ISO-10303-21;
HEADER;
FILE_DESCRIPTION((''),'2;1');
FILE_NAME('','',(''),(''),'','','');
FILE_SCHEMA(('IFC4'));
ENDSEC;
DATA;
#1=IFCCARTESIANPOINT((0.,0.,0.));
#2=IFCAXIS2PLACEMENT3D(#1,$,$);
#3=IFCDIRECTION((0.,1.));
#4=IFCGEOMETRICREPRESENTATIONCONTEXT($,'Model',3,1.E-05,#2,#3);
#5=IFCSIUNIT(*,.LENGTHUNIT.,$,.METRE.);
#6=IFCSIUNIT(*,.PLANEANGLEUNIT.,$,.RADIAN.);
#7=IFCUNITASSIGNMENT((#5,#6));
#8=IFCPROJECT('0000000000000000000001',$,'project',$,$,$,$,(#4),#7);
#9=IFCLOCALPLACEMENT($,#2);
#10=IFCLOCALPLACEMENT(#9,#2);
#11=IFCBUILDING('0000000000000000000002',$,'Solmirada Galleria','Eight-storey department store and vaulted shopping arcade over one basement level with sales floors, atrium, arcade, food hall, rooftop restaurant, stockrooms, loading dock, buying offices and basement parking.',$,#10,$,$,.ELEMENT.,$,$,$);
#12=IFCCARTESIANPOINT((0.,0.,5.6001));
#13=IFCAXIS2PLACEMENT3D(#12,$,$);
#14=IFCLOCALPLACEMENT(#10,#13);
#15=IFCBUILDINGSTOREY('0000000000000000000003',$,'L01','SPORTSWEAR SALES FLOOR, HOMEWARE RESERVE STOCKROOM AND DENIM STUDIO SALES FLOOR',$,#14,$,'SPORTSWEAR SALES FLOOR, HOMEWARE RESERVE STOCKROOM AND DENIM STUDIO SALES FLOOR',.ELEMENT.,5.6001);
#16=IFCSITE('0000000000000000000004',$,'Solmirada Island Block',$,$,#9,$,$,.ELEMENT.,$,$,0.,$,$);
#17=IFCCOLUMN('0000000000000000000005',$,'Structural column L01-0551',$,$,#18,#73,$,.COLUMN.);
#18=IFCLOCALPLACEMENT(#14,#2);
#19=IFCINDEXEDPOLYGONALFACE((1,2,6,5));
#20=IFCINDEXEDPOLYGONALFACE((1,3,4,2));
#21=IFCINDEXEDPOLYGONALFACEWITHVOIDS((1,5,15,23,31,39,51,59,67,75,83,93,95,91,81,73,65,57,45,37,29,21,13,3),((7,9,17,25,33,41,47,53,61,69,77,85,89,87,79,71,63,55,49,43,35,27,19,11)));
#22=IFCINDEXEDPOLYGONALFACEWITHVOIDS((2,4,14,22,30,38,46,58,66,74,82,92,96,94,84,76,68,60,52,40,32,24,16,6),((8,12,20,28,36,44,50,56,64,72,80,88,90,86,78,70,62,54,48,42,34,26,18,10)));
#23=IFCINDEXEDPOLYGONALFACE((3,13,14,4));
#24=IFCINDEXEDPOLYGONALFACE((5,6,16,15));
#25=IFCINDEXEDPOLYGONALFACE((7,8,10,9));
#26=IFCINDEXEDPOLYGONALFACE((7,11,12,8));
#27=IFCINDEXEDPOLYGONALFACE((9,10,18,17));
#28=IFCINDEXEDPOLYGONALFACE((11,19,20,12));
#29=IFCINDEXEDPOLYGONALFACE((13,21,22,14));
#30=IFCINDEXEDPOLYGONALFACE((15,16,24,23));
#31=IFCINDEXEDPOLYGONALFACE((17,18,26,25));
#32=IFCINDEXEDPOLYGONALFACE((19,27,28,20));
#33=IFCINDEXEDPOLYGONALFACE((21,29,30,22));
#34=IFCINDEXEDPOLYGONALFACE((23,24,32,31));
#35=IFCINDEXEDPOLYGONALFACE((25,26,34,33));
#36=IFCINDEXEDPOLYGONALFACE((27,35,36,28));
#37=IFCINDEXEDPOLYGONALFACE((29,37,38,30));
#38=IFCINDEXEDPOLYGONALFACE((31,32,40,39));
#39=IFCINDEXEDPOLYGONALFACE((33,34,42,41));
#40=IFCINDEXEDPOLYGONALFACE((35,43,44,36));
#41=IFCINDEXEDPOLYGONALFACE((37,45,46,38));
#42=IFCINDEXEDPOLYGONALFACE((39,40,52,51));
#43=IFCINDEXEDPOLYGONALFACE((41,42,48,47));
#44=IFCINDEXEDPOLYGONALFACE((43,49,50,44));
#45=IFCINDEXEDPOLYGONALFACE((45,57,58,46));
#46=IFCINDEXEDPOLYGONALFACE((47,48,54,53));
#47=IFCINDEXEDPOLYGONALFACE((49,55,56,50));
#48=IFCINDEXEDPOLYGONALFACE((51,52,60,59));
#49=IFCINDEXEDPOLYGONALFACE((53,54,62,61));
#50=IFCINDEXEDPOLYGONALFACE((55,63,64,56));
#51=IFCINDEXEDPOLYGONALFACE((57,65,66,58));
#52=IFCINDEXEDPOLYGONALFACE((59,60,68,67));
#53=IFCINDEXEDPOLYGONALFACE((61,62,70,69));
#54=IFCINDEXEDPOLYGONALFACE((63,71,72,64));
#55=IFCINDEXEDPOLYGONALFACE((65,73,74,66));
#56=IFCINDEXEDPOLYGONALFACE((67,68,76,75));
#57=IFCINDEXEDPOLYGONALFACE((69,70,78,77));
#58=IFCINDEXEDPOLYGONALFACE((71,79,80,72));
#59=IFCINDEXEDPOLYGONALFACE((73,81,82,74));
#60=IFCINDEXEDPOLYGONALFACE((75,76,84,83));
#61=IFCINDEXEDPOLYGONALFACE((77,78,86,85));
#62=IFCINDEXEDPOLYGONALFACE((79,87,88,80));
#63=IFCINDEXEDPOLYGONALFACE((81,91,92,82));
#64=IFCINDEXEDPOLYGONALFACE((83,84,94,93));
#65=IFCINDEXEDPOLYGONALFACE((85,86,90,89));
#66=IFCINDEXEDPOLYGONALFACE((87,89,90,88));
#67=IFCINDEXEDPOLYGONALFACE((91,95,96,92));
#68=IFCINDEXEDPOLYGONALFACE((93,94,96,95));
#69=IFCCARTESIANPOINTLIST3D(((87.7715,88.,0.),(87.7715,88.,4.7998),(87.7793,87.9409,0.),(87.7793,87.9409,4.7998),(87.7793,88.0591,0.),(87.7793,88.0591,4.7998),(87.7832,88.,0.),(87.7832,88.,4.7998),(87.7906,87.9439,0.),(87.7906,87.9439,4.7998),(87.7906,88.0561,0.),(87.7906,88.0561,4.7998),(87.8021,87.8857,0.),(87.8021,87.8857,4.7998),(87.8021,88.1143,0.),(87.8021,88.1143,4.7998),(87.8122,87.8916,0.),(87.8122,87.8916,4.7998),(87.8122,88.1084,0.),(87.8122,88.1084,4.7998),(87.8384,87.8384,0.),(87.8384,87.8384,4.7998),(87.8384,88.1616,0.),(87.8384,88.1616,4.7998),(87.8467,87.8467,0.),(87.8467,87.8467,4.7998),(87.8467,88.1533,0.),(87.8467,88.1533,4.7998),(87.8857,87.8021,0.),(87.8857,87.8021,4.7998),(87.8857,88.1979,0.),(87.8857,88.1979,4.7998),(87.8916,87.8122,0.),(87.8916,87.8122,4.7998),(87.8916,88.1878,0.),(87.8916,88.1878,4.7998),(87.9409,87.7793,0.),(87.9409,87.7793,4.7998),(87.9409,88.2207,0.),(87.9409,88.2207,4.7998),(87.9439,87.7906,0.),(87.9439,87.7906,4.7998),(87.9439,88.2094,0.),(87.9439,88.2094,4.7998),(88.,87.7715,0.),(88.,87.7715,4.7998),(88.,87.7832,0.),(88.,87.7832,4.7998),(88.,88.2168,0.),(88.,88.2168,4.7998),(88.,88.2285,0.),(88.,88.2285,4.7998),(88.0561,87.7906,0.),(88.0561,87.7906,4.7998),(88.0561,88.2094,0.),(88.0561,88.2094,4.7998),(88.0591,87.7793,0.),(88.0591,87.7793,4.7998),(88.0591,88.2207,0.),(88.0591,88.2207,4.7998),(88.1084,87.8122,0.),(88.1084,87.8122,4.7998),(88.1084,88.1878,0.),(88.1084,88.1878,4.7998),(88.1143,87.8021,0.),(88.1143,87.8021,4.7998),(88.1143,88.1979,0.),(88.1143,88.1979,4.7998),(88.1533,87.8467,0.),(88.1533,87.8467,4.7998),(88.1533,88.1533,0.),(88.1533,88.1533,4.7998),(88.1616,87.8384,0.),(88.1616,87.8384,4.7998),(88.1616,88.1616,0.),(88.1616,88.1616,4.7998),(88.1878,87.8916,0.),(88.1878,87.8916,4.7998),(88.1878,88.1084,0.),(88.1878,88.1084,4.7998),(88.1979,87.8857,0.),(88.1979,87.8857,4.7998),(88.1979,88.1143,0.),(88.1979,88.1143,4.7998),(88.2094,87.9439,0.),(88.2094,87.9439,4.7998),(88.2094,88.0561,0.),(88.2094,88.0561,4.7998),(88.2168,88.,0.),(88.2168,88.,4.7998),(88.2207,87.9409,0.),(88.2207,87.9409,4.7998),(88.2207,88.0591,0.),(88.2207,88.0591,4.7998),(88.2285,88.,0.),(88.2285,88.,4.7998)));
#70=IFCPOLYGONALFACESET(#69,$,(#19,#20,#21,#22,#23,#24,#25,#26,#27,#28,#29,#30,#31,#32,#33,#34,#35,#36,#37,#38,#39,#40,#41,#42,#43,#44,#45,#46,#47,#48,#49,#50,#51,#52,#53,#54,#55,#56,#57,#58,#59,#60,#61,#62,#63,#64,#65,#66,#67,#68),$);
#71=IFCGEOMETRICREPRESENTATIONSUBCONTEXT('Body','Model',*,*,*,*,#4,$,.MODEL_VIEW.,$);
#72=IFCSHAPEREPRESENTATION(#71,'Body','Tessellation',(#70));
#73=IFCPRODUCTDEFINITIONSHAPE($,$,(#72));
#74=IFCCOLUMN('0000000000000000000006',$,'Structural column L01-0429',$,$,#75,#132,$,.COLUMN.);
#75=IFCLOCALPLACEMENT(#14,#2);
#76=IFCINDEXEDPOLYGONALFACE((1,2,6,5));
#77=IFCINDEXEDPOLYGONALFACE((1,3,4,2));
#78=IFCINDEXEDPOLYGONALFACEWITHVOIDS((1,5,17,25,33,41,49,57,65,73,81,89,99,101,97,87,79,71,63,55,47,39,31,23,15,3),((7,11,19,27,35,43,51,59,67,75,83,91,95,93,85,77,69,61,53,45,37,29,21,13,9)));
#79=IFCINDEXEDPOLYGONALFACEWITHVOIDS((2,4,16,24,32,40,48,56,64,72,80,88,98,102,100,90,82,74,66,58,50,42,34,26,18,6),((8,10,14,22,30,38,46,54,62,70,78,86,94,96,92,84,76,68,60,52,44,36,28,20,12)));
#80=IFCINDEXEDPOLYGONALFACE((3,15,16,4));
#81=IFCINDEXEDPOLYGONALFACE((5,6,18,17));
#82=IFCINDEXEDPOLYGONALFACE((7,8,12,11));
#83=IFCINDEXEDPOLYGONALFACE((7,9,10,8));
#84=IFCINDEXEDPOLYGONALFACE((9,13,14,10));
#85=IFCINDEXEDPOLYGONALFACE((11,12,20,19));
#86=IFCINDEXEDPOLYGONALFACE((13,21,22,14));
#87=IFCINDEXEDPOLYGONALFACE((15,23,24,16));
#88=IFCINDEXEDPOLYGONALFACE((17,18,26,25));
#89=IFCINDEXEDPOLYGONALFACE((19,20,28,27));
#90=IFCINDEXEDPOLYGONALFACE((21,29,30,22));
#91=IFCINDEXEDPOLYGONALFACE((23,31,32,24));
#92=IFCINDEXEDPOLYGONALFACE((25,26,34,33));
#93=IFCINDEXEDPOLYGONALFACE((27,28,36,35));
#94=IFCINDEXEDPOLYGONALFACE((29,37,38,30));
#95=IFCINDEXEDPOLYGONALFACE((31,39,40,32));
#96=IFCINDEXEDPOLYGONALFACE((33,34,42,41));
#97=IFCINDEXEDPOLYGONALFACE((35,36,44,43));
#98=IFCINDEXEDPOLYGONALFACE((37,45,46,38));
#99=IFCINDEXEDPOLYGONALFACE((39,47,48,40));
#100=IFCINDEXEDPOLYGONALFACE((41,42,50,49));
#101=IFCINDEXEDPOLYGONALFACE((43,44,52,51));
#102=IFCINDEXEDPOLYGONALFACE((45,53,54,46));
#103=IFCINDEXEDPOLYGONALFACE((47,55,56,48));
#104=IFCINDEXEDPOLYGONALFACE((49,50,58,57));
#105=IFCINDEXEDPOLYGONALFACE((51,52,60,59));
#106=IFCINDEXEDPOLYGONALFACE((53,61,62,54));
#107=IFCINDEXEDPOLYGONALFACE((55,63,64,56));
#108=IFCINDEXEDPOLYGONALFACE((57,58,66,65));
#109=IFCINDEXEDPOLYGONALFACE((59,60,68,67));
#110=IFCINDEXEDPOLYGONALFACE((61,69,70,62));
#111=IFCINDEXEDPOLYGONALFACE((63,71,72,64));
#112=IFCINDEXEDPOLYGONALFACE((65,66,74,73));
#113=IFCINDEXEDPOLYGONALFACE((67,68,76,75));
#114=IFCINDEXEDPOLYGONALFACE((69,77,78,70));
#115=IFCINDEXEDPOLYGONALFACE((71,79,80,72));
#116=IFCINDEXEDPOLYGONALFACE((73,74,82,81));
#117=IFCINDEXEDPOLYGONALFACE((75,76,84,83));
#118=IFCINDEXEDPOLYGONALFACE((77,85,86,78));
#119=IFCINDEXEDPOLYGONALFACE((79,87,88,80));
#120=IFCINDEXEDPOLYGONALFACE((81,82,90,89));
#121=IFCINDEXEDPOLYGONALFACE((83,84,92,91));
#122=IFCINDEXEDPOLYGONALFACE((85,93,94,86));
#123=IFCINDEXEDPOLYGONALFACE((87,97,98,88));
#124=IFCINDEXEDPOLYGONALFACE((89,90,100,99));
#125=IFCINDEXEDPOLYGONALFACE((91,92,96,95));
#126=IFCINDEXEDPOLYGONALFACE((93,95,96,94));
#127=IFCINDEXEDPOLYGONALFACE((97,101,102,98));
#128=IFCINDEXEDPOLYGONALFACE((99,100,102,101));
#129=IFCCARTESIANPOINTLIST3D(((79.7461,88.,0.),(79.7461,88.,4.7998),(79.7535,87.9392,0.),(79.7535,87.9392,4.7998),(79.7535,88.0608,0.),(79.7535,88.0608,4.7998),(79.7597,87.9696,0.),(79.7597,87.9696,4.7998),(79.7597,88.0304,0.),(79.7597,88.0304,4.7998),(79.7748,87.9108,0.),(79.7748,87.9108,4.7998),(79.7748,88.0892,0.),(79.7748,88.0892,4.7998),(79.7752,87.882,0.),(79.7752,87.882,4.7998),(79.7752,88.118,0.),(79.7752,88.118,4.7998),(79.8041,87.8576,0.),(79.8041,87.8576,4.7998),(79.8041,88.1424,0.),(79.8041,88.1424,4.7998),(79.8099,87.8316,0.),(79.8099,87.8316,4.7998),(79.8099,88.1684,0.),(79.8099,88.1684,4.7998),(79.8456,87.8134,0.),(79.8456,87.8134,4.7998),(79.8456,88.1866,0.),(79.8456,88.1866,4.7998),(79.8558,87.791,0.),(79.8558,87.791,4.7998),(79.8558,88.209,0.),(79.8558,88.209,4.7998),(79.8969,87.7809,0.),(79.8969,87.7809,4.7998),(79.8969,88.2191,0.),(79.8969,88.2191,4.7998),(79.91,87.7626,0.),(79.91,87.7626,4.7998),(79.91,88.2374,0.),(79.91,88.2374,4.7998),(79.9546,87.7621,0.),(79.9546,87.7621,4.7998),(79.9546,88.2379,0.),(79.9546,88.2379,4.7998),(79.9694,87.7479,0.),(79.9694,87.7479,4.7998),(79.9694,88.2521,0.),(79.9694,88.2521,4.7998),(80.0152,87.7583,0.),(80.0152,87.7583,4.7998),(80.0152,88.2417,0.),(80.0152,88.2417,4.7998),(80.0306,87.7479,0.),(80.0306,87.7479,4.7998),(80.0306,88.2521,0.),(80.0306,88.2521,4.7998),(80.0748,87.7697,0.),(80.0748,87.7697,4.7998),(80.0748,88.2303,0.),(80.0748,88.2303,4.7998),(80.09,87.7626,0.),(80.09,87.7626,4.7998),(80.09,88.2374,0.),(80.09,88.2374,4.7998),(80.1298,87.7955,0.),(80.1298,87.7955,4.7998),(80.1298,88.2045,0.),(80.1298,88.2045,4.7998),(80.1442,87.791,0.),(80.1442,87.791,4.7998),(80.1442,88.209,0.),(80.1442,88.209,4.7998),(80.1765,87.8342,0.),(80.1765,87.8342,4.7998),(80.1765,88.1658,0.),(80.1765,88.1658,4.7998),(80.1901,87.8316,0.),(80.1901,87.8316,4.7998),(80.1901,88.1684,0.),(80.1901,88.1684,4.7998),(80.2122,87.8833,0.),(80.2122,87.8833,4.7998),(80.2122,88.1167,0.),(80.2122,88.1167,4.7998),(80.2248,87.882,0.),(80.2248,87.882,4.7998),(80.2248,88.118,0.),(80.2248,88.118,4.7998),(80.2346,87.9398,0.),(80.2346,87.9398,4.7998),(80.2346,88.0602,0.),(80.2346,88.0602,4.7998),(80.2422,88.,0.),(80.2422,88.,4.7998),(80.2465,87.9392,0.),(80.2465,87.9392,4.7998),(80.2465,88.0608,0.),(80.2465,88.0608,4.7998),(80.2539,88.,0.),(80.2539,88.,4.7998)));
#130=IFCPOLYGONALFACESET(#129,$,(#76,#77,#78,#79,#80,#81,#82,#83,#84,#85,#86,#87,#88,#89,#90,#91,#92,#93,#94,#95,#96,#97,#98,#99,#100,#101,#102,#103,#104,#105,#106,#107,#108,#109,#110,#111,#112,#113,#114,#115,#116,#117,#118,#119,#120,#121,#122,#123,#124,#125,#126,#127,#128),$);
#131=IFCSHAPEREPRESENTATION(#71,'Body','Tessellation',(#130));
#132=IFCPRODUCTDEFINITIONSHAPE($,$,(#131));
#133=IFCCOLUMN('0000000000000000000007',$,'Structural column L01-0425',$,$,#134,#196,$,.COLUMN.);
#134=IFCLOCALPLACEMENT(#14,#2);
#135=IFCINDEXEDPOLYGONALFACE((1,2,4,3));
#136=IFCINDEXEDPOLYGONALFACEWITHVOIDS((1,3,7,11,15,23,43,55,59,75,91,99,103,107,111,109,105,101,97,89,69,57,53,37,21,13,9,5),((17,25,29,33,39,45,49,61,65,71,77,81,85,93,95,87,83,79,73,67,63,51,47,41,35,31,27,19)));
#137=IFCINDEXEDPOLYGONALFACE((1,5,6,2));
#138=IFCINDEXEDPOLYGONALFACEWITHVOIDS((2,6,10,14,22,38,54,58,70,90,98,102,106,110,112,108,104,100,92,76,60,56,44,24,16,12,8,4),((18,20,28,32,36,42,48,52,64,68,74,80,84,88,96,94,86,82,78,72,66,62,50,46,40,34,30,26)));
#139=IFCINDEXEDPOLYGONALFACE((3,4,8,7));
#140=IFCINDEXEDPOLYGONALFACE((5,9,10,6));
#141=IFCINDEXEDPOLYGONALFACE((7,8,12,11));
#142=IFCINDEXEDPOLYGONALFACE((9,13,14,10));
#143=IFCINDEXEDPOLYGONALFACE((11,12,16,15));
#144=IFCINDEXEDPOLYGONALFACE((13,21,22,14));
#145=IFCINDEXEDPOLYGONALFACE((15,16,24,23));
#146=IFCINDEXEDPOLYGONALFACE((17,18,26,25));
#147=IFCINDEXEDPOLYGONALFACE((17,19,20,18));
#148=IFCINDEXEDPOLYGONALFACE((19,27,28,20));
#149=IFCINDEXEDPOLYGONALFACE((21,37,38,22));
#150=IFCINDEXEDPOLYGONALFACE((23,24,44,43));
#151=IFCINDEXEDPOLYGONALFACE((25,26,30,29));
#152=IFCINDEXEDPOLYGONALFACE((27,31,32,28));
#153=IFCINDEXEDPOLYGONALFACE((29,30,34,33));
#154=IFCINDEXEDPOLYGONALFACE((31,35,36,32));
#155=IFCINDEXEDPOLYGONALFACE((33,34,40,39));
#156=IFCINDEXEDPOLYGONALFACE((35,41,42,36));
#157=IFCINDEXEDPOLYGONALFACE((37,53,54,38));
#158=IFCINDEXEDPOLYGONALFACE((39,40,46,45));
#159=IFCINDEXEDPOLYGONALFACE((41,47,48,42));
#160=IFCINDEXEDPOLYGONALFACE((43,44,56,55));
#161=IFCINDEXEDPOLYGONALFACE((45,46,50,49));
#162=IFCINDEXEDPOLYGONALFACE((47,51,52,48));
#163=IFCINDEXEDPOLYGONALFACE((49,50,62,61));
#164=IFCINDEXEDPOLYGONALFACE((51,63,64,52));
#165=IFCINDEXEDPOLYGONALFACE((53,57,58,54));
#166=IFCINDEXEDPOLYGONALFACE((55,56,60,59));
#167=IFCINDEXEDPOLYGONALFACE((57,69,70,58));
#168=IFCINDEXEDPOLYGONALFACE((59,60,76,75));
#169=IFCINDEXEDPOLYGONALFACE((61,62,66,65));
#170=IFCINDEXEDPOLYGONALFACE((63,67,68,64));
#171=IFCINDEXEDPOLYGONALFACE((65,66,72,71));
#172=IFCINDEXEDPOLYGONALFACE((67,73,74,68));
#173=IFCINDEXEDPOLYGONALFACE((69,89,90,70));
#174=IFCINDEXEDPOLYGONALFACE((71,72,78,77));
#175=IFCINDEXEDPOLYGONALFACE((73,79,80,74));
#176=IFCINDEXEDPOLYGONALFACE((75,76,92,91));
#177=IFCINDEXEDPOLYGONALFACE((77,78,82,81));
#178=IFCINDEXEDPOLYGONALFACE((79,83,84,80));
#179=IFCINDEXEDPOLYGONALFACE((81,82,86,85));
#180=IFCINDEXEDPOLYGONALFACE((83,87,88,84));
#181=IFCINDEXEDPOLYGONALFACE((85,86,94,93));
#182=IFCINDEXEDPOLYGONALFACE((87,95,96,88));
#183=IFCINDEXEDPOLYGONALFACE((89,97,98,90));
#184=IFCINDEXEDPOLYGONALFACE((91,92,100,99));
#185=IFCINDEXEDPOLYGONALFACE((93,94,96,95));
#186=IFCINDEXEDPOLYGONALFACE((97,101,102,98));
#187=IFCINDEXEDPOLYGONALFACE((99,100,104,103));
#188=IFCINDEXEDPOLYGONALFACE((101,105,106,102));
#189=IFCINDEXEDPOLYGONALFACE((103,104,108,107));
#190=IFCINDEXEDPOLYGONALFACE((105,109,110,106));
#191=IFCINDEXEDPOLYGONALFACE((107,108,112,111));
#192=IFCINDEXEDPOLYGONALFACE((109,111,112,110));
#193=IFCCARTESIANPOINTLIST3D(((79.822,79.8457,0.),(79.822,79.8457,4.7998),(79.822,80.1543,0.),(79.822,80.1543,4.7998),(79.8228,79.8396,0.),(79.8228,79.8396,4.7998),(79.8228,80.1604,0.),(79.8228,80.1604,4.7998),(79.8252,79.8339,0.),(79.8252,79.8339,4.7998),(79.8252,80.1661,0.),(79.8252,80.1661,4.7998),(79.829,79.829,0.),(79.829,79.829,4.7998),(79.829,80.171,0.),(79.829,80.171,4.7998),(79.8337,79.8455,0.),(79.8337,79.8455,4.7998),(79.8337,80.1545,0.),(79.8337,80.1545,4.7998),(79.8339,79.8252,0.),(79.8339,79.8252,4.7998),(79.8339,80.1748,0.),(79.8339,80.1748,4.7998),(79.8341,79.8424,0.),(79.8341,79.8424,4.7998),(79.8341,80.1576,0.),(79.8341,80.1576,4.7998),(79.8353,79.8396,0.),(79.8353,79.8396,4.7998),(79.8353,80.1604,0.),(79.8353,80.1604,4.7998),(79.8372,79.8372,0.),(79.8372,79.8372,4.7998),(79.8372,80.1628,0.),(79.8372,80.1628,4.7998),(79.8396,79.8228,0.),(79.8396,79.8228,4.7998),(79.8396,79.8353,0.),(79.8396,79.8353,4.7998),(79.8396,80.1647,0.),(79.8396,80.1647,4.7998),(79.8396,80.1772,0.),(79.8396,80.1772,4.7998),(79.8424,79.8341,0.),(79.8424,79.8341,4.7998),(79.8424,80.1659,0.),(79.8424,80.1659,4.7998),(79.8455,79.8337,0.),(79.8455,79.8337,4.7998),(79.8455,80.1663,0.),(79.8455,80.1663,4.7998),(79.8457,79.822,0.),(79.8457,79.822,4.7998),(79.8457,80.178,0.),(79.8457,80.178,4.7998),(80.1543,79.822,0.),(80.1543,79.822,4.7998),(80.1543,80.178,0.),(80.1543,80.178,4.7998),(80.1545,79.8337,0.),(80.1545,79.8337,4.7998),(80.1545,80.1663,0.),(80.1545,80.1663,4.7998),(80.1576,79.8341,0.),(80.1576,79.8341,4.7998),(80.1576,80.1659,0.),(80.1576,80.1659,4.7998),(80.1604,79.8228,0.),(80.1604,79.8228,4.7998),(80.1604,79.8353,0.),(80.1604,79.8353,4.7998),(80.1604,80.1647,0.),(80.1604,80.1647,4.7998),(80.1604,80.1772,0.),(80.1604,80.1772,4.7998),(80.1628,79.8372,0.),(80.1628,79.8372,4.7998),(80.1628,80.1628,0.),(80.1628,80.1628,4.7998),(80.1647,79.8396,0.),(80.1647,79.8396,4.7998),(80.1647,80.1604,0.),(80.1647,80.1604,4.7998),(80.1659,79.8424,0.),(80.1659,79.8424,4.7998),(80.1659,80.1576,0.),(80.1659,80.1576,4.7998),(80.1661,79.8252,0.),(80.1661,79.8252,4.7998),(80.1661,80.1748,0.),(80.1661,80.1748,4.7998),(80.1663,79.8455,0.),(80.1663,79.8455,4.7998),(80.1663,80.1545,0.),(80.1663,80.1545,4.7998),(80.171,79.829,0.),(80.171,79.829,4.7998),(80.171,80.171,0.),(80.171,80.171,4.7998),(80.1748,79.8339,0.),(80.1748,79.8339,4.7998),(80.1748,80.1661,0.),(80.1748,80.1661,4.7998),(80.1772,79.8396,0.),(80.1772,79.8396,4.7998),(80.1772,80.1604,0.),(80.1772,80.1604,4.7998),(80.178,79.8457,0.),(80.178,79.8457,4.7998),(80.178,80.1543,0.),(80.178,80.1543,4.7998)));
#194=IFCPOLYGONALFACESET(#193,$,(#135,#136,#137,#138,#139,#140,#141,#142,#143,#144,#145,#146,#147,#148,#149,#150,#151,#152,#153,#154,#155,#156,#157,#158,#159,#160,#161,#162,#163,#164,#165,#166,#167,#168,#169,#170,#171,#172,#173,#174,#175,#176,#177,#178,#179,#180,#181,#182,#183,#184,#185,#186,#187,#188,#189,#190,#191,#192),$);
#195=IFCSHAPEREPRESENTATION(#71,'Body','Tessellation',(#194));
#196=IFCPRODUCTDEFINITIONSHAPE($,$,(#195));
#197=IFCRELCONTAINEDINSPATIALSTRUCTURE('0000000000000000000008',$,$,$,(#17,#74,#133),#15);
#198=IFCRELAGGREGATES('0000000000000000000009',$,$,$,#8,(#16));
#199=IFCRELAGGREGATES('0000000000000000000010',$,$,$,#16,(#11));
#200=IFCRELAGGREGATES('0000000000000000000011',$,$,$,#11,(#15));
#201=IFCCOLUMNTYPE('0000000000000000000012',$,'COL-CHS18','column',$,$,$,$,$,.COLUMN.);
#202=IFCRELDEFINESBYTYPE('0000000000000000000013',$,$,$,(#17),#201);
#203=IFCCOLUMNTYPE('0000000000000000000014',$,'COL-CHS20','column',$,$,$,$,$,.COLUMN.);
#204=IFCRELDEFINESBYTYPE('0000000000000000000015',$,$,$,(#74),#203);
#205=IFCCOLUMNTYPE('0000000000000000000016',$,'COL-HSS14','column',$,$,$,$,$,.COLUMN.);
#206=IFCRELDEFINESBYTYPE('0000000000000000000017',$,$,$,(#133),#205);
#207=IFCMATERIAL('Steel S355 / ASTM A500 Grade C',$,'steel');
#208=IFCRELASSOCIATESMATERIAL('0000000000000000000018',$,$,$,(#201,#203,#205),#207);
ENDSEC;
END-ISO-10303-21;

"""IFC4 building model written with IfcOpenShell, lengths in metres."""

from ifc_helpers import new_model, si_unit, direction, frame, origin, origin_2d, place, context, subcontext, project, spatial, hollow_rectangle, hollow_circle, extrude, material, material_profile, profile_set, type_object, element, save


model = new_model("IFC4")

# Units and contexts
model_context = context("Model", 3, precision=1e-05, world=origin(), true_north=direction((0.0, 1.0)))
body_context = subcontext(model_context, "Body", "Model", "MODEL_VIEW")
ifc_project = project(units=[si_unit("LENGTHUNIT", "METRE"), si_unit("PLANEANGLEUNIT", "RADIAN")], contexts=[model_context])

# Site, building, storey
site_placement = place(None, origin())
site = spatial("IfcSite", under=ifc_project, at=site_placement, Name="Solmirada Island Block", CompositionType="ELEMENT", RefElevation=0.0)
building_placement = place(site_placement, origin())
building = spatial("IfcBuilding", under=site, at=building_placement, Name="Solmirada Galleria", Description="Eight-storey department store and vaulted shopping arcade over one basement level with sales floors, atrium, arcade, food hall, rooftop restaurant, stockrooms, loading dock, buying offices and basement parking.", CompositionType="ELEMENT")
storey_placement = place(building_placement, frame((0.0, 0.0, 5.6001)))
storey = spatial("IfcBuildingStorey", under=building, at=storey_placement, Name="L01", Description="SPORTSWEAR SALES FLOOR, HOMEWARE RESERVE STOCKROOM AND DENIM STUDIO SALES FLOOR", LongName="SPORTSWEAR SALES FLOOR, HOMEWARE RESERVE STOCKROOM AND DENIM STUDIO SALES FLOOR", CompositionType="ELEMENT", Elevation=5.6001)

# Columns
ifc_material_1 = material(Name="Steel S355 / ASTM A500 Grade C", Category="steel")
ifc_material_profile_1 = material_profile(ifc_material_1, hollow_circle(Radius=0.2285, WallThickness=0.0117, at=origin_2d()), Name="HSS18.000X0.500")
ifc_profile_set_1 = profile_set([ifc_material_profile_1], Name="Steel S355 / ASTM A500 Grade C")
column_type_1 = type_object("IfcColumnType", Name="COL-CHS18", Description="column", PredefinedType="COLUMN", material=ifc_profile_set_1)
column_1_placement = place(storey_placement, frame((88.0, 88.0, 0.0), z_axis=(0.0, 0.0, 1.0), x_axis=(1.0, 0.0, 0.0)))
element("IfcColumn", 1, at=column_1_placement, inside=storey, type_object=column_type_1, Name="Structural column L01-0551", PredefinedType="COLUMN", context=body_context, shape_type="SweptSolid", body=[
    extrude(hollow_circle(Radius=0.2285, WallThickness=0.0117, at=origin_2d()), origin(), (0.0, 0.0, 1.0), 4.7998),
])
ifc_material_profile_2 = material_profile(ifc_material_1, hollow_circle(Radius=0.2539, WallThickness=0.0117, at=origin_2d()), Name="HSS20.000X0.500")
ifc_profile_set_2 = profile_set([ifc_material_profile_2], Name="Steel S355 / ASTM A500 Grade C")
column_type_2 = type_object("IfcColumnType", Name="COL-CHS20", Description="column", PredefinedType="COLUMN", material=ifc_profile_set_2)
column_2_placement = place(storey_placement, frame((80.0, 88.0, 0.0), z_axis=(0.0, 0.0, 1.0), x_axis=(1.0, 0.0, 0.0)))
element("IfcColumn", 2, at=column_2_placement, inside=storey, type_object=column_type_2, Name="Structural column L01-0429", PredefinedType="COLUMN", context=body_context, shape_type="SweptSolid", body=[
    extrude(hollow_circle(Radius=0.2539, WallThickness=0.0117, at=origin_2d()), origin(), (0.0, 0.0, 1.0), 4.7998),
])
ifc_material_profile_3 = material_profile(ifc_material_1, hollow_rectangle(XDim=0.356, YDim=0.356, WallThickness=0.0117, InnerFilletRadius=0.0117, OuterFilletRadius=0.0237, at=origin_2d()), Name="HSS14X14X1/2")
ifc_profile_set_3 = profile_set([ifc_material_profile_3], Name="Steel S355 / ASTM A500 Grade C")
column_type_3 = type_object("IfcColumnType", Name="COL-HSS14", Description="column", PredefinedType="COLUMN", material=ifc_profile_set_3)
column_3_placement = place(storey_placement, frame((80.0, 80.0, 0.0), z_axis=(0.0, 0.0, 1.0), x_axis=(1.0, 0.0, 0.0)))
element("IfcColumn", 3, at=column_3_placement, inside=storey, type_object=column_type_3, Name="Structural column L01-0425", PredefinedType="COLUMN", context=body_context, shape_type="SweptSolid", body=[
    extrude(hollow_rectangle(XDim=0.356, YDim=0.356, WallThickness=0.0117, InnerFilletRadius=0.0117, OuterFilletRadius=0.0237, at=origin_2d()), origin(), (0.0, 0.0, 1.0), 4.7998),
])

save(model, "model.ifc")
